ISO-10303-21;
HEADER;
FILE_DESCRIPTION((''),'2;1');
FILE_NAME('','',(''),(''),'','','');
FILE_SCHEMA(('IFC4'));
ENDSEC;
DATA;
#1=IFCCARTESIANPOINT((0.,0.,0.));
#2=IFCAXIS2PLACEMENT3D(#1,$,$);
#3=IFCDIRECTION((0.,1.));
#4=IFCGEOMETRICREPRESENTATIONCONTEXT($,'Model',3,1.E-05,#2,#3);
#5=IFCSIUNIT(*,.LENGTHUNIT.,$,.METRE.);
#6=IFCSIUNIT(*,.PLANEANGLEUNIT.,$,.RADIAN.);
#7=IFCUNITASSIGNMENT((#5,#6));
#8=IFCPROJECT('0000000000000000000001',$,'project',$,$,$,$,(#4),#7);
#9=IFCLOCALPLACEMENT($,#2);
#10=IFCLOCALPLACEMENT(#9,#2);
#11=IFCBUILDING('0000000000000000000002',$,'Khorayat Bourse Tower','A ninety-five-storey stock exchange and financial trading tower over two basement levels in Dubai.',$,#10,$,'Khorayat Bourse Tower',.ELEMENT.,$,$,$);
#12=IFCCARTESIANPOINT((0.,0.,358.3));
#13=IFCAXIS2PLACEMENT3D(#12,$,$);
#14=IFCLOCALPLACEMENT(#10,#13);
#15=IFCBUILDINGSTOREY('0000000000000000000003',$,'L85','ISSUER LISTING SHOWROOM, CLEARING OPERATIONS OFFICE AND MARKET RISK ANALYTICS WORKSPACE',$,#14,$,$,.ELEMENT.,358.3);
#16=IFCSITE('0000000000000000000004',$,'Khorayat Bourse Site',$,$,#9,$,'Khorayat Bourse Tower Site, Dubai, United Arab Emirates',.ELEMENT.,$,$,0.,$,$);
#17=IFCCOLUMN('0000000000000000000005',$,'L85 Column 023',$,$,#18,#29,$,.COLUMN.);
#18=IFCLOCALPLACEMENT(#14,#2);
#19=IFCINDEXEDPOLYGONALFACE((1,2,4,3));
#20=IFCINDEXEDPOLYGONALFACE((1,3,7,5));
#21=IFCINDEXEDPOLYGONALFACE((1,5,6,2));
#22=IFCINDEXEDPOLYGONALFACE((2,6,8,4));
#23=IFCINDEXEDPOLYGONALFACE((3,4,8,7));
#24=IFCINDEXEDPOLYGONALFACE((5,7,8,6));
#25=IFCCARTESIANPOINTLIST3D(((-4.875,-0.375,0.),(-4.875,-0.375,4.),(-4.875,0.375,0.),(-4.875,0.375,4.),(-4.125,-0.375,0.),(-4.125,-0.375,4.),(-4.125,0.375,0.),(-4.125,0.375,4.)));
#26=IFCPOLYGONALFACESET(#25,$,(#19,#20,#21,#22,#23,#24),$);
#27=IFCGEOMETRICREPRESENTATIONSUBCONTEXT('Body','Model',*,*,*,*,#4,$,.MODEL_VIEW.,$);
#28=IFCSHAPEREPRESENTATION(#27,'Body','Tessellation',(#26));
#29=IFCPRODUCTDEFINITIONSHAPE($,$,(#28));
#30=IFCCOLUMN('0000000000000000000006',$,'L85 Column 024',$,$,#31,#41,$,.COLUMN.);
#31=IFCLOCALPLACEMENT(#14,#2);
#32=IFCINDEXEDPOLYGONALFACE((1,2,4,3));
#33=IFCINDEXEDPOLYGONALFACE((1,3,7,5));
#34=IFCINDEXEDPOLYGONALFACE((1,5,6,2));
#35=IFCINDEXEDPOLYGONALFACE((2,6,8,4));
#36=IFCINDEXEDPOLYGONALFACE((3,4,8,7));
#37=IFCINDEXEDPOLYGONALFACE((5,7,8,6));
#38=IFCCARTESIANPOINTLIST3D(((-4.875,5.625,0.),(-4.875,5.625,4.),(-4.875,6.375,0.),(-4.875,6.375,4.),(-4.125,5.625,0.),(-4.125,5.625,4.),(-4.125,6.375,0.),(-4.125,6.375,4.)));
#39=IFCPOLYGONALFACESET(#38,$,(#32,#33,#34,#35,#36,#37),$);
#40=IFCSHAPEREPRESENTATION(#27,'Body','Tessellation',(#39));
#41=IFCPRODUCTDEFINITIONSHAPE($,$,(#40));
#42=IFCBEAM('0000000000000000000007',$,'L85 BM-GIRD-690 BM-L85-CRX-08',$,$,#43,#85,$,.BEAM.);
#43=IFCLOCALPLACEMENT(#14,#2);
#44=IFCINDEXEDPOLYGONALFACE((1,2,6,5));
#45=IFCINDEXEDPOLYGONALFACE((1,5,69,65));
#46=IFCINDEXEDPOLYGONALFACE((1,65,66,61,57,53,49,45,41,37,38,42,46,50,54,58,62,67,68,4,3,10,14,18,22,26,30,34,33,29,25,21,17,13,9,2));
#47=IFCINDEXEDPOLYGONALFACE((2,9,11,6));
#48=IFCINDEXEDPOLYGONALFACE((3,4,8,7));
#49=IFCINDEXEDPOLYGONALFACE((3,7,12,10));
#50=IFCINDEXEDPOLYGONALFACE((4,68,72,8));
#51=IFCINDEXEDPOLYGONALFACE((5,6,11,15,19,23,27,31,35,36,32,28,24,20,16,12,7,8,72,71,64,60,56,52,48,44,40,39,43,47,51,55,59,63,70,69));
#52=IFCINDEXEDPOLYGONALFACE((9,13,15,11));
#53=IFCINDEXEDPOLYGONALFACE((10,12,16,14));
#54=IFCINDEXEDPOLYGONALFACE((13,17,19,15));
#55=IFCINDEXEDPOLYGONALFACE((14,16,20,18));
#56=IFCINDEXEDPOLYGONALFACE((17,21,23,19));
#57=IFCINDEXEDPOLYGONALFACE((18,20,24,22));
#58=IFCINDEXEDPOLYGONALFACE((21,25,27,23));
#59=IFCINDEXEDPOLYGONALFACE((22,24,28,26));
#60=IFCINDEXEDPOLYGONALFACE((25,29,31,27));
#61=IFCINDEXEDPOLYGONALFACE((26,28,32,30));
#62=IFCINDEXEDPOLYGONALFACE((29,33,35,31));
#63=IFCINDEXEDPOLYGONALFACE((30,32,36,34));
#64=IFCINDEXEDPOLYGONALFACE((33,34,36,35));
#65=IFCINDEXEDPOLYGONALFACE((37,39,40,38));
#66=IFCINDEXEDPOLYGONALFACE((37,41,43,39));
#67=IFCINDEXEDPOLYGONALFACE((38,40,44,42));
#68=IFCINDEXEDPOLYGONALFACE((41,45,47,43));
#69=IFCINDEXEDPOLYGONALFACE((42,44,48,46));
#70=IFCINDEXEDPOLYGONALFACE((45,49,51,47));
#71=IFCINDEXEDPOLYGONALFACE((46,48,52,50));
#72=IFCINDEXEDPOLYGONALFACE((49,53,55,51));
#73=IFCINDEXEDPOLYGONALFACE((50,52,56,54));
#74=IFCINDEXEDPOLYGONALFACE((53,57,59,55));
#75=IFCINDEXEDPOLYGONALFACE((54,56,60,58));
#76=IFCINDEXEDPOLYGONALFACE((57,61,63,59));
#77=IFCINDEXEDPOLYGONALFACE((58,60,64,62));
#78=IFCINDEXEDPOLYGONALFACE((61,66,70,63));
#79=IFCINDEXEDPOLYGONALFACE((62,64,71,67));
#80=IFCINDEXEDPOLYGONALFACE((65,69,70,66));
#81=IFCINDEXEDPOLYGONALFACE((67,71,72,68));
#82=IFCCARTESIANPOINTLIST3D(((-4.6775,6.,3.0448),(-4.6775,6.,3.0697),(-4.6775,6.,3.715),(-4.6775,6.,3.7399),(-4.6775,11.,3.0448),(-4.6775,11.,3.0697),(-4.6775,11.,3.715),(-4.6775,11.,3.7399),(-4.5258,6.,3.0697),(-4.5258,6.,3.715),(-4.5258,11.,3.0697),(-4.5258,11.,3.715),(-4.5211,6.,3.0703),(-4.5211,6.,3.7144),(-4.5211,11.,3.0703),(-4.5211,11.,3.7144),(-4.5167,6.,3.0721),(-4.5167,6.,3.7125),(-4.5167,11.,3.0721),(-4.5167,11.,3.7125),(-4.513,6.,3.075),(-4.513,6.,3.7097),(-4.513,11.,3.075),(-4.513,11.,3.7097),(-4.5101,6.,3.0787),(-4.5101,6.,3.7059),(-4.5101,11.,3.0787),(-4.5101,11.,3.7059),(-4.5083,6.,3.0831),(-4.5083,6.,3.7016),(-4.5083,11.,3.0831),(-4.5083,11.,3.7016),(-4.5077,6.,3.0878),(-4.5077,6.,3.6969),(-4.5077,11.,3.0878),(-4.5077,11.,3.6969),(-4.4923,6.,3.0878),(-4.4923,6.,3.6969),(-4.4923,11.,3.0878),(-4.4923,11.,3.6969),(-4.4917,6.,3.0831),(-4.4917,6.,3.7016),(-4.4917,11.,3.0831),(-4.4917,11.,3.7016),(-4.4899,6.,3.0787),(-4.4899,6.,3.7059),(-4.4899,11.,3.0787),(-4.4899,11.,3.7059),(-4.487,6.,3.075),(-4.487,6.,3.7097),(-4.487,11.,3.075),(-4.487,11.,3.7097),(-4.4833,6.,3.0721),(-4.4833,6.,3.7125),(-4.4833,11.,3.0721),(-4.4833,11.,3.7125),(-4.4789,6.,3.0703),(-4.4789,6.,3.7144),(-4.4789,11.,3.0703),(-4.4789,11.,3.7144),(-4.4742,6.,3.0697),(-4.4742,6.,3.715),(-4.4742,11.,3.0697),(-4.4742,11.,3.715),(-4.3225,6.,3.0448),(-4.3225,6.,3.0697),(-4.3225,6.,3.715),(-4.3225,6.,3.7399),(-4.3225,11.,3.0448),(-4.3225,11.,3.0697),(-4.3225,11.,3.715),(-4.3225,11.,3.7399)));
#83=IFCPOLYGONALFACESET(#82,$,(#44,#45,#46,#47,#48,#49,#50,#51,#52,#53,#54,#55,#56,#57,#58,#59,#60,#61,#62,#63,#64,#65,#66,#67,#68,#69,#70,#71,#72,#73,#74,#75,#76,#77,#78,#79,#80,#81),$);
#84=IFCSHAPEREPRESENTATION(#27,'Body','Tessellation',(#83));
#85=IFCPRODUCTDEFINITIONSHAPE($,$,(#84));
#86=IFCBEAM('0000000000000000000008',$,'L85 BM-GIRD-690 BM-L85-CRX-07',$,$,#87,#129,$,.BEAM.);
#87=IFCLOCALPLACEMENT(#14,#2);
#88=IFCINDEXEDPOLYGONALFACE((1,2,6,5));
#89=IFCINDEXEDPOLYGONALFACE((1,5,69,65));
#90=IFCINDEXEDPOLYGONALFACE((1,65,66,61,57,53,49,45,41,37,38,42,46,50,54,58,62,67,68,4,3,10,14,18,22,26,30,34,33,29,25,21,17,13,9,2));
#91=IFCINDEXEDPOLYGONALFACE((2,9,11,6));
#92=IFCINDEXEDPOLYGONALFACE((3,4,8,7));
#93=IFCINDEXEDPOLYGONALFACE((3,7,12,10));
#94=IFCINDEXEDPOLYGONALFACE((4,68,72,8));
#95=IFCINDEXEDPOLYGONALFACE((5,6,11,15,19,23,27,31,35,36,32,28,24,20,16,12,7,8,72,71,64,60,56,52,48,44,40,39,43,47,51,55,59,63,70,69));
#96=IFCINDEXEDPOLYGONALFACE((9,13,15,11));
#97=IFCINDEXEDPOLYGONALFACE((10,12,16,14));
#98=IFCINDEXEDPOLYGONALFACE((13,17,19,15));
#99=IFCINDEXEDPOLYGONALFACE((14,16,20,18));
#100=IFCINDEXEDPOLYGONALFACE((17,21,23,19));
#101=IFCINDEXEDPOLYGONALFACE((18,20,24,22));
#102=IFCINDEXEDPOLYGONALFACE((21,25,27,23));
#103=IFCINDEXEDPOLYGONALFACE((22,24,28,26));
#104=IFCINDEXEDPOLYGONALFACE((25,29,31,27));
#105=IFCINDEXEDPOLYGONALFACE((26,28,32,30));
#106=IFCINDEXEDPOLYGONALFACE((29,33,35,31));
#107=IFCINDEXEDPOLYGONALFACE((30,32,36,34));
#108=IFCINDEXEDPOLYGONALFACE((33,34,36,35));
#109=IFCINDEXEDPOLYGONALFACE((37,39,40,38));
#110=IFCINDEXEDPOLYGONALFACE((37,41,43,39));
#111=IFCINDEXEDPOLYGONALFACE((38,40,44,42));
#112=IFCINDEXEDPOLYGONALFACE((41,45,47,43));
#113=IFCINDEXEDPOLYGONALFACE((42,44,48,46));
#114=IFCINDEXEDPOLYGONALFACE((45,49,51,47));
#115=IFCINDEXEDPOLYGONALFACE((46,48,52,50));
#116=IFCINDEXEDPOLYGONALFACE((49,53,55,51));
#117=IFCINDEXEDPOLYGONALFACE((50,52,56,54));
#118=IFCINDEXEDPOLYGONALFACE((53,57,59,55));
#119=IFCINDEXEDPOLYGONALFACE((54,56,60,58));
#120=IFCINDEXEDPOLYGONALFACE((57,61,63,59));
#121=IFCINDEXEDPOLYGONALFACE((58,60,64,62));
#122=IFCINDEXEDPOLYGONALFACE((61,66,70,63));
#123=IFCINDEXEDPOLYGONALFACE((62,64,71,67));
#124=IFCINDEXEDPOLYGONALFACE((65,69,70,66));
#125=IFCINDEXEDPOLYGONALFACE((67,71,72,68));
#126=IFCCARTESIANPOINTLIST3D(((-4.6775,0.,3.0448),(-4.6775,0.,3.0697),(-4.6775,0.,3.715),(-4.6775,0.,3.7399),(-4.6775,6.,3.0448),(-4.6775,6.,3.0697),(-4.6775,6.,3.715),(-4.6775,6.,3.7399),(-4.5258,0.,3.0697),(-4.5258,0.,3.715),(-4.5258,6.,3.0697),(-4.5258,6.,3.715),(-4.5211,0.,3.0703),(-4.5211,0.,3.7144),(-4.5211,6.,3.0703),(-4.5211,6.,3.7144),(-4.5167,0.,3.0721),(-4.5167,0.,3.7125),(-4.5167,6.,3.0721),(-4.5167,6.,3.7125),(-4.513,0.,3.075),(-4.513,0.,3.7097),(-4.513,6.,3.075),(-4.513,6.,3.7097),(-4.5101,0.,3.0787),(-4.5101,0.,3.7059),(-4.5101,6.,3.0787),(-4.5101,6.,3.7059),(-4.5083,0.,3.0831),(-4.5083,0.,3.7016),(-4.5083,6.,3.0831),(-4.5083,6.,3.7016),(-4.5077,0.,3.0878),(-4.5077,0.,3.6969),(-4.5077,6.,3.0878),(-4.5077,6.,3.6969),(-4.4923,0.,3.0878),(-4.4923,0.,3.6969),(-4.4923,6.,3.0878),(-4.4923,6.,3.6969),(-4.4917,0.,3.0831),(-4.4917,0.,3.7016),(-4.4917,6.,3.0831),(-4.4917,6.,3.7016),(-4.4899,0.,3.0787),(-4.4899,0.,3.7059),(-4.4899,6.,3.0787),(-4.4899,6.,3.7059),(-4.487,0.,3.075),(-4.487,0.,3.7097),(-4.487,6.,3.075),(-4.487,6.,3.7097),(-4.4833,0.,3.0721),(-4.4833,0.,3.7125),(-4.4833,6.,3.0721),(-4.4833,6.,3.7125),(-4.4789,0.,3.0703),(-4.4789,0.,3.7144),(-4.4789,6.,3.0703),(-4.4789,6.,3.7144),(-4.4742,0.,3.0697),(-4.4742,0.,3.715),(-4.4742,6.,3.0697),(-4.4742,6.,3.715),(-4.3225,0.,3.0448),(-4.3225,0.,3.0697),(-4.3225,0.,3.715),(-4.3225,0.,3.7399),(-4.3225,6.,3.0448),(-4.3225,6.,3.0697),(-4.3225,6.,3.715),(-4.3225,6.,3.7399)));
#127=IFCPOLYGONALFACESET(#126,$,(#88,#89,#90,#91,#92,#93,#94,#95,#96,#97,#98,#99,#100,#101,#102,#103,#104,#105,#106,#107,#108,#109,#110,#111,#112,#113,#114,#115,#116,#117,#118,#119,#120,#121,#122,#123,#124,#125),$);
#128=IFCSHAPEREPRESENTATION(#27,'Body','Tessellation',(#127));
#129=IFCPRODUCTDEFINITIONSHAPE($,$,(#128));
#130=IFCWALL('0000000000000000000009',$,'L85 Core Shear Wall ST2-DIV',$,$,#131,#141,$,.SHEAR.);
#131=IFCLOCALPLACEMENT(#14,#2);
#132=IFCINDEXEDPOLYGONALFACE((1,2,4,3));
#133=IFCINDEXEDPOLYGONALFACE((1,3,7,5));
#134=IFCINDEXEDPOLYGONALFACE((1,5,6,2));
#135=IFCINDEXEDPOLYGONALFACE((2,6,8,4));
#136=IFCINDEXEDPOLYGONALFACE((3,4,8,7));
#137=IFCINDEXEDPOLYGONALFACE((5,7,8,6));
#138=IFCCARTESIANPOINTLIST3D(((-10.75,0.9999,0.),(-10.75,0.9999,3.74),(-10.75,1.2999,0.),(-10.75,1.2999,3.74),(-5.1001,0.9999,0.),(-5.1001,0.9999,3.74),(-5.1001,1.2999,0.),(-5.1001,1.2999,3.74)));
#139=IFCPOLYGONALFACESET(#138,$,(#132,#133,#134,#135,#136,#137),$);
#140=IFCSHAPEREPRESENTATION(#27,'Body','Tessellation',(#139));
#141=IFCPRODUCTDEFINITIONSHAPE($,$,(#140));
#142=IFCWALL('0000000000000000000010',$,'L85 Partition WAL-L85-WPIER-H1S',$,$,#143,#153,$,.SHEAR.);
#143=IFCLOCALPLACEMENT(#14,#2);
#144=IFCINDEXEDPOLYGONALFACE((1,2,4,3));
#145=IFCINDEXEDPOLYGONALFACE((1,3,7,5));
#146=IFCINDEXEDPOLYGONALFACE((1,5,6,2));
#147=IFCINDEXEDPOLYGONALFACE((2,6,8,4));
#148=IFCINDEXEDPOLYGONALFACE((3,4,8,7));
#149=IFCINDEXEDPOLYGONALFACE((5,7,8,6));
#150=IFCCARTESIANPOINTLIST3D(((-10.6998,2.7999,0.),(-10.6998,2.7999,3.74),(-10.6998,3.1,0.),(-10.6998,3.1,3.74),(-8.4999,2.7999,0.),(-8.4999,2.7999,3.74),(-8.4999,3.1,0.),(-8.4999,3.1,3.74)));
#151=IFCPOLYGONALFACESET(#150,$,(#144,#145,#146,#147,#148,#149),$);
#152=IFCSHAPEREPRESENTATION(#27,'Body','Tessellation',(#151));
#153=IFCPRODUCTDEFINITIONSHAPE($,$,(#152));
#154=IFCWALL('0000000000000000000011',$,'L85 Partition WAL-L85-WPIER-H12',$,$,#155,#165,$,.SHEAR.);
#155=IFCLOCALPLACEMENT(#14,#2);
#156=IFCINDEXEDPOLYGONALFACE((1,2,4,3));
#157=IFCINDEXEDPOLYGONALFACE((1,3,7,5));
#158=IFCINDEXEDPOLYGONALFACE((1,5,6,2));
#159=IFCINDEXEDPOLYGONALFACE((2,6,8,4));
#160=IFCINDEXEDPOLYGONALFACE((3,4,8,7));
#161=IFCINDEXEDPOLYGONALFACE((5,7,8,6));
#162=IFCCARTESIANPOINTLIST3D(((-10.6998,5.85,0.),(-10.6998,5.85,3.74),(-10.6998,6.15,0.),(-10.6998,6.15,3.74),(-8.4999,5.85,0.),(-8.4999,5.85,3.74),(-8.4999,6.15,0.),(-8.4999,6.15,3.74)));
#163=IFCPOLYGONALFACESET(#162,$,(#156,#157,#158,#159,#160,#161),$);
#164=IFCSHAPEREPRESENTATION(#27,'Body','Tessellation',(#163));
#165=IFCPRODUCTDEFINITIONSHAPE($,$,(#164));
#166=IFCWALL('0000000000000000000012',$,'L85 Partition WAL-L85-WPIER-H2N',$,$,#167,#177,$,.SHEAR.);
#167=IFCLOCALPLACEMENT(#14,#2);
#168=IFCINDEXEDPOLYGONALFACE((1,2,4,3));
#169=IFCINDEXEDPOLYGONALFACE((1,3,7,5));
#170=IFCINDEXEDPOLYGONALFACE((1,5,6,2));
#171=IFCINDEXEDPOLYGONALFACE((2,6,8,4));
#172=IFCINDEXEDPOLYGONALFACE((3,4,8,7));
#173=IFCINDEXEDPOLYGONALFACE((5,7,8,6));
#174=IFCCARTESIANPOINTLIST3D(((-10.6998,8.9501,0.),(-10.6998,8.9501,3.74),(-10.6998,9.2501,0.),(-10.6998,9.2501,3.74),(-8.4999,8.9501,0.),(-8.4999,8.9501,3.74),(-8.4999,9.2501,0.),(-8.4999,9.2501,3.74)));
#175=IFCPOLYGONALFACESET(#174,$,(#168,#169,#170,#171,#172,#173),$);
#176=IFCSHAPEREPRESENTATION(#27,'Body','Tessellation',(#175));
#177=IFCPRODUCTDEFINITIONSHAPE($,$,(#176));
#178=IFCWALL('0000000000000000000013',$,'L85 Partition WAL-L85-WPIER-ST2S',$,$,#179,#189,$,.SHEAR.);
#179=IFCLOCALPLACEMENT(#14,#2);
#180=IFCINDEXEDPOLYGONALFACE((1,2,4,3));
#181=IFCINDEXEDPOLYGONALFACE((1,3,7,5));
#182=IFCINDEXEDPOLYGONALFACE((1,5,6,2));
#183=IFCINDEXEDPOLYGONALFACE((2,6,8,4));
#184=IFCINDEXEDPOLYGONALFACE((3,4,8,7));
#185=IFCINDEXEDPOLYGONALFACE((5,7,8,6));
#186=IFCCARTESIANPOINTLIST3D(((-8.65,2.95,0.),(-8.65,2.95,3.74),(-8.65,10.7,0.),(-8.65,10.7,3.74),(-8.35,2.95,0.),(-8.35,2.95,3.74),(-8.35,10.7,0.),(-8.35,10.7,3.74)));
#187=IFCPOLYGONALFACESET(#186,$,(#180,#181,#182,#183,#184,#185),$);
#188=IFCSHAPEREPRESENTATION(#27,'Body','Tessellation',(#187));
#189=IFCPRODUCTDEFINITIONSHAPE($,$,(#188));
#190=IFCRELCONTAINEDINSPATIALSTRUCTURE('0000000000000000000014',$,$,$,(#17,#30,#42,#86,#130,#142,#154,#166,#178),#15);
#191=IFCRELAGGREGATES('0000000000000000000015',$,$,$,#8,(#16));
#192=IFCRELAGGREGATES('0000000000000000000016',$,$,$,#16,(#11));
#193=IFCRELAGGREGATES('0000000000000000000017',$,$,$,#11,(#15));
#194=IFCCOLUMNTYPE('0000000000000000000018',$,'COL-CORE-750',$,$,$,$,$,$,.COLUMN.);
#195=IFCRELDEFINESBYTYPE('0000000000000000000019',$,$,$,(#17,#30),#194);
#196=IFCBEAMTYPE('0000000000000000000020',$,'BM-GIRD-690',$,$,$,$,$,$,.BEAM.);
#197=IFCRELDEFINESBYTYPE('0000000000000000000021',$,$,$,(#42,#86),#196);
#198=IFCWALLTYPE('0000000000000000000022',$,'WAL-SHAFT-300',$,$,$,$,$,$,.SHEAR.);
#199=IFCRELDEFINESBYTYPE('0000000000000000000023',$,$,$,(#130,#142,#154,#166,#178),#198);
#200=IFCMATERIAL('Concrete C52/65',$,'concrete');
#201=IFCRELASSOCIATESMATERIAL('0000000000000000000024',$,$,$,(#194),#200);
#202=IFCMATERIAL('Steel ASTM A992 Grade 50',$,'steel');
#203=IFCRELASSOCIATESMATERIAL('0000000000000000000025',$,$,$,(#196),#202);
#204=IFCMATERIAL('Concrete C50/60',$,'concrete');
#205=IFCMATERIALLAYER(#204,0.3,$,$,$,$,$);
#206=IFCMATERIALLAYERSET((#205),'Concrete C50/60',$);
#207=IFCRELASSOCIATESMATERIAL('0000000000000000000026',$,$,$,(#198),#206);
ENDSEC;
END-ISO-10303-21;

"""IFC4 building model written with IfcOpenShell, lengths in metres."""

from ifc_helpers import new_model, si_unit, direction, frame, frame_2d, origin, origin_2d, place, context, subcontext, project, spatial, rectangle, i_section, extrude, source, transform, mapped, material, layer, layer_set, material_profile, profile_set, type_object, element, save


model = new_model("IFC4")

# Units and contexts
model_context = context("Model", 3, precision=1e-05, world=origin(), true_north=direction((0.0, 1.0)))
body_context = subcontext(model_context, "Body", "Model", "MODEL_VIEW")
ifc_project = project(units=[si_unit("LENGTHUNIT", "METRE"), si_unit("PLANEANGLEUNIT", "RADIAN")], contexts=[model_context])

# Site, building, storey
site_placement = place(None, origin())
site = spatial("IfcSite", under=ifc_project, at=site_placement, Name="Khorayat Bourse Site", LongName="Khorayat Bourse Tower Site, Dubai, United Arab Emirates", CompositionType="ELEMENT", RefElevation=0.0)
building_placement = place(site_placement, origin())
building = spatial("IfcBuilding", under=site, at=building_placement, Name="Khorayat Bourse Tower", Description="A ninety-five-storey stock exchange and financial trading tower over two basement levels in Dubai.", LongName="Khorayat Bourse Tower", CompositionType="ELEMENT")
storey_placement = place(building_placement, frame((0.0, 0.0, 358.3)))
storey = spatial("IfcBuildingStorey", under=building, at=storey_placement, Name="L85", Description="ISSUER LISTING SHOWROOM, CLEARING OPERATIONS OFFICE AND MARKET RISK ANALYTICS WORKSPACE", CompositionType="ELEMENT", Elevation=358.3)

# Columns
ifc_material_1 = material(Name="Concrete C52/65", Category="concrete")
ifc_material_profile_1 = material_profile(ifc_material_1, rectangle(XDim=0.75, YDim=0.75, at=origin_2d()), Name="RC 750x750")
ifc_profile_set_1 = profile_set([ifc_material_profile_1], Name="Concrete C52/65")
column_type = type_object("IfcColumnType", Name="COL-CORE-750", PredefinedType="COLUMN", material=ifc_profile_set_1)
shared_shape_1 = source(origin(), body_context, "Body", "SweptSolid", [
    extrude(rectangle(XDim=0.75, YDim=0.75, at=origin_2d()), origin(), (0.0, 0.0, 1.0), 4.0),
])
for number, where, z_axis, x_axis, name in (
    (1, (-4.5, 0.0, 0.0), (0.0, 0.0, 1.0), (1.0, 0.0, 0.0), "L85 Column 023"),
    (2, (-4.5, 6.0, 0.0), (0.0, 0.0, 1.0), (1.0, 0.0, 0.0), "L85 Column 024"),
):
    element("IfcColumn", number, at=place(storey_placement, frame(where, z_axis=z_axis, x_axis=x_axis)), inside=storey, type_object=column_type, Name=name, PredefinedType="COLUMN", context=body_context, shape_type="MappedRepresentation", body=[
        mapped(shared_shape_1, transform((0.0, 0.0, 0.0), scale=1.0)),
    ])

# Beams
ifc_material_2 = material(Name="Steel ASTM A992 Grade 50", Category="steel")
ifc_material_profile_2 = material_profile(ifc_material_2, i_section(OverallWidth=0.355, OverallDepth=0.6951, WebThickness=0.0154, FlangeThickness=0.0249, FilletRadius=0.0181, at=origin_2d()), Name="W690X217")
ifc_profile_set_2 = profile_set([ifc_material_profile_2], Name="Steel ASTM A992 Grade 50")
beam_type = type_object("IfcBeamType", Name="BM-GIRD-690", PredefinedType="BEAM", material=ifc_profile_set_2)
shared_shape_2 = source(origin(), body_context, "Body", "SweptSolid", [
    extrude(i_section(OverallWidth=0.355, OverallDepth=0.6951, WebThickness=0.0154, FlangeThickness=0.0249, FilletRadius=0.0181, at=origin_2d()), origin(), (0.0, 0.0, 1.0), 5.0),
])
beam_1_placement = place(storey_placement, frame((-4.5, 6.0, 3.3923), z_axis=(0.0, 1.0, 0.0), x_axis=(-1.0, 0.0, 0.0)))
element("IfcBeam", 3, at=beam_1_placement, inside=storey, type_object=beam_type, Name="L85 BM-GIRD-690 BM-L85-CRX-08", PredefinedType="BEAM", context=body_context, shape_type="MappedRepresentation", body=[
    mapped(shared_shape_2, transform((0.0, 0.0, 0.0), scale=1.0)),
])
shared_shape_3 = source(origin(), body_context, "Body", "SweptSolid", [
    extrude(i_section(OverallWidth=0.355, OverallDepth=0.6951, WebThickness=0.0154, FlangeThickness=0.0249, FilletRadius=0.0181, at=origin_2d()), origin(), (0.0, 0.0, 1.0), 6.0),
])
beam_2_placement = place(storey_placement, frame((-4.5, 0.0, 3.3923), z_axis=(0.0, 1.0, 0.0), x_axis=(-1.0, 0.0, 0.0)))
element("IfcBeam", 4, at=beam_2_placement, inside=storey, type_object=beam_type, Name="L85 BM-GIRD-690 BM-L85-CRX-07", PredefinedType="BEAM", context=body_context, shape_type="MappedRepresentation", body=[
    mapped(shared_shape_3, transform((0.0, 0.0, 0.0), scale=1.0)),
])

# Walls
ifc_material_3 = material(Name="Concrete C50/60", Category="concrete")
ifc_layer_1 = layer(ifc_material_3, 0.3)
ifc_layer_set_1 = layer_set([ifc_layer_1], Name="Concrete C50/60")
wall_type_1 = type_object("IfcWallType", Name="WAL-SHAFT-300", PredefinedType="SHEAR", material=ifc_layer_set_1)
shared_shape_4 = source(origin(), body_context, "Body", "SweptSolid", [
    extrude(rectangle(XDim=5.6499, YDim=0.3, at=frame_2d((2.825, 0.0))), origin(), (0.0, 0.0, 1.0), 3.74),
])
wall_1_placement = place(storey_placement, frame((-10.75, 1.1499, 0.0), z_axis=(0.0, 0.0, 1.0), x_axis=(1.0, 0.0, 0.0)))
element("IfcWall", 5, at=wall_1_placement, inside=storey, type_object=wall_type_1, Name="L85 Core Shear Wall ST2-DIV", PredefinedType="SHEAR", context=body_context, shape_type="MappedRepresentation", body=[
    mapped(shared_shape_4, transform((0.0, 0.0, 0.0), scale=1.0)),
])
shared_shape_5 = source(origin(), body_context, "Body", "SweptSolid", [
    extrude(rectangle(XDim=2.2, YDim=0.3, at=frame_2d((1.1001, 0.0))), origin(), (0.0, 0.0, 1.0), 3.74),
])
for number, where, z_axis, x_axis, name in (
    (6, (-10.7, 2.95, 0.0), (0.0, 0.0, 1.0), (1.0, 0.0, 0.0), "L85 Partition WAL-L85-WPIER-H1S"),
    (7, (-10.7, 6.0, 0.0), (0.0, 0.0, 1.0), (1.0, 0.0, 0.0), "L85 Partition WAL-L85-WPIER-H12"),
    (8, (-10.7, 9.1001, 0.0), (0.0, 0.0, 1.0), (1.0, 0.0, 0.0), "L85 Partition WAL-L85-WPIER-H2N"),
):
    element("IfcWall", number, at=place(storey_placement, frame(where, z_axis=z_axis, x_axis=x_axis)), inside=storey, type_object=wall_type_1, Name=name, PredefinedType="SHEAR", context=body_context, shape_type="MappedRepresentation", body=[
        mapped(shared_shape_5, transform((0.0, 0.0, 0.0), scale=1.0)),
    ])
shared_shape_6 = source(origin(), body_context, "Body", "SweptSolid", [
    extrude(rectangle(XDim=7.75, YDim=0.3, at=frame_2d((3.875, 0.0))), origin(), (0.0, 0.0, 1.0), 3.74),
])
wall_2_placement = place(storey_placement, frame((-8.5, 2.95, 0.0), z_axis=(0.0, 0.0, 1.0), x_axis=(0.0, 1.0, 0.0)))
element("IfcWall", 9, at=wall_2_placement, inside=storey, type_object=wall_type_1, Name="L85 Partition WAL-L85-WPIER-ST2S", PredefinedType="SHEAR", context=body_context, shape_type="MappedRepresentation", body=[
    mapped(shared_shape_6, transform((0.0, 0.0, 0.0), scale=1.0)),
])

save(model, "model.ifc")
